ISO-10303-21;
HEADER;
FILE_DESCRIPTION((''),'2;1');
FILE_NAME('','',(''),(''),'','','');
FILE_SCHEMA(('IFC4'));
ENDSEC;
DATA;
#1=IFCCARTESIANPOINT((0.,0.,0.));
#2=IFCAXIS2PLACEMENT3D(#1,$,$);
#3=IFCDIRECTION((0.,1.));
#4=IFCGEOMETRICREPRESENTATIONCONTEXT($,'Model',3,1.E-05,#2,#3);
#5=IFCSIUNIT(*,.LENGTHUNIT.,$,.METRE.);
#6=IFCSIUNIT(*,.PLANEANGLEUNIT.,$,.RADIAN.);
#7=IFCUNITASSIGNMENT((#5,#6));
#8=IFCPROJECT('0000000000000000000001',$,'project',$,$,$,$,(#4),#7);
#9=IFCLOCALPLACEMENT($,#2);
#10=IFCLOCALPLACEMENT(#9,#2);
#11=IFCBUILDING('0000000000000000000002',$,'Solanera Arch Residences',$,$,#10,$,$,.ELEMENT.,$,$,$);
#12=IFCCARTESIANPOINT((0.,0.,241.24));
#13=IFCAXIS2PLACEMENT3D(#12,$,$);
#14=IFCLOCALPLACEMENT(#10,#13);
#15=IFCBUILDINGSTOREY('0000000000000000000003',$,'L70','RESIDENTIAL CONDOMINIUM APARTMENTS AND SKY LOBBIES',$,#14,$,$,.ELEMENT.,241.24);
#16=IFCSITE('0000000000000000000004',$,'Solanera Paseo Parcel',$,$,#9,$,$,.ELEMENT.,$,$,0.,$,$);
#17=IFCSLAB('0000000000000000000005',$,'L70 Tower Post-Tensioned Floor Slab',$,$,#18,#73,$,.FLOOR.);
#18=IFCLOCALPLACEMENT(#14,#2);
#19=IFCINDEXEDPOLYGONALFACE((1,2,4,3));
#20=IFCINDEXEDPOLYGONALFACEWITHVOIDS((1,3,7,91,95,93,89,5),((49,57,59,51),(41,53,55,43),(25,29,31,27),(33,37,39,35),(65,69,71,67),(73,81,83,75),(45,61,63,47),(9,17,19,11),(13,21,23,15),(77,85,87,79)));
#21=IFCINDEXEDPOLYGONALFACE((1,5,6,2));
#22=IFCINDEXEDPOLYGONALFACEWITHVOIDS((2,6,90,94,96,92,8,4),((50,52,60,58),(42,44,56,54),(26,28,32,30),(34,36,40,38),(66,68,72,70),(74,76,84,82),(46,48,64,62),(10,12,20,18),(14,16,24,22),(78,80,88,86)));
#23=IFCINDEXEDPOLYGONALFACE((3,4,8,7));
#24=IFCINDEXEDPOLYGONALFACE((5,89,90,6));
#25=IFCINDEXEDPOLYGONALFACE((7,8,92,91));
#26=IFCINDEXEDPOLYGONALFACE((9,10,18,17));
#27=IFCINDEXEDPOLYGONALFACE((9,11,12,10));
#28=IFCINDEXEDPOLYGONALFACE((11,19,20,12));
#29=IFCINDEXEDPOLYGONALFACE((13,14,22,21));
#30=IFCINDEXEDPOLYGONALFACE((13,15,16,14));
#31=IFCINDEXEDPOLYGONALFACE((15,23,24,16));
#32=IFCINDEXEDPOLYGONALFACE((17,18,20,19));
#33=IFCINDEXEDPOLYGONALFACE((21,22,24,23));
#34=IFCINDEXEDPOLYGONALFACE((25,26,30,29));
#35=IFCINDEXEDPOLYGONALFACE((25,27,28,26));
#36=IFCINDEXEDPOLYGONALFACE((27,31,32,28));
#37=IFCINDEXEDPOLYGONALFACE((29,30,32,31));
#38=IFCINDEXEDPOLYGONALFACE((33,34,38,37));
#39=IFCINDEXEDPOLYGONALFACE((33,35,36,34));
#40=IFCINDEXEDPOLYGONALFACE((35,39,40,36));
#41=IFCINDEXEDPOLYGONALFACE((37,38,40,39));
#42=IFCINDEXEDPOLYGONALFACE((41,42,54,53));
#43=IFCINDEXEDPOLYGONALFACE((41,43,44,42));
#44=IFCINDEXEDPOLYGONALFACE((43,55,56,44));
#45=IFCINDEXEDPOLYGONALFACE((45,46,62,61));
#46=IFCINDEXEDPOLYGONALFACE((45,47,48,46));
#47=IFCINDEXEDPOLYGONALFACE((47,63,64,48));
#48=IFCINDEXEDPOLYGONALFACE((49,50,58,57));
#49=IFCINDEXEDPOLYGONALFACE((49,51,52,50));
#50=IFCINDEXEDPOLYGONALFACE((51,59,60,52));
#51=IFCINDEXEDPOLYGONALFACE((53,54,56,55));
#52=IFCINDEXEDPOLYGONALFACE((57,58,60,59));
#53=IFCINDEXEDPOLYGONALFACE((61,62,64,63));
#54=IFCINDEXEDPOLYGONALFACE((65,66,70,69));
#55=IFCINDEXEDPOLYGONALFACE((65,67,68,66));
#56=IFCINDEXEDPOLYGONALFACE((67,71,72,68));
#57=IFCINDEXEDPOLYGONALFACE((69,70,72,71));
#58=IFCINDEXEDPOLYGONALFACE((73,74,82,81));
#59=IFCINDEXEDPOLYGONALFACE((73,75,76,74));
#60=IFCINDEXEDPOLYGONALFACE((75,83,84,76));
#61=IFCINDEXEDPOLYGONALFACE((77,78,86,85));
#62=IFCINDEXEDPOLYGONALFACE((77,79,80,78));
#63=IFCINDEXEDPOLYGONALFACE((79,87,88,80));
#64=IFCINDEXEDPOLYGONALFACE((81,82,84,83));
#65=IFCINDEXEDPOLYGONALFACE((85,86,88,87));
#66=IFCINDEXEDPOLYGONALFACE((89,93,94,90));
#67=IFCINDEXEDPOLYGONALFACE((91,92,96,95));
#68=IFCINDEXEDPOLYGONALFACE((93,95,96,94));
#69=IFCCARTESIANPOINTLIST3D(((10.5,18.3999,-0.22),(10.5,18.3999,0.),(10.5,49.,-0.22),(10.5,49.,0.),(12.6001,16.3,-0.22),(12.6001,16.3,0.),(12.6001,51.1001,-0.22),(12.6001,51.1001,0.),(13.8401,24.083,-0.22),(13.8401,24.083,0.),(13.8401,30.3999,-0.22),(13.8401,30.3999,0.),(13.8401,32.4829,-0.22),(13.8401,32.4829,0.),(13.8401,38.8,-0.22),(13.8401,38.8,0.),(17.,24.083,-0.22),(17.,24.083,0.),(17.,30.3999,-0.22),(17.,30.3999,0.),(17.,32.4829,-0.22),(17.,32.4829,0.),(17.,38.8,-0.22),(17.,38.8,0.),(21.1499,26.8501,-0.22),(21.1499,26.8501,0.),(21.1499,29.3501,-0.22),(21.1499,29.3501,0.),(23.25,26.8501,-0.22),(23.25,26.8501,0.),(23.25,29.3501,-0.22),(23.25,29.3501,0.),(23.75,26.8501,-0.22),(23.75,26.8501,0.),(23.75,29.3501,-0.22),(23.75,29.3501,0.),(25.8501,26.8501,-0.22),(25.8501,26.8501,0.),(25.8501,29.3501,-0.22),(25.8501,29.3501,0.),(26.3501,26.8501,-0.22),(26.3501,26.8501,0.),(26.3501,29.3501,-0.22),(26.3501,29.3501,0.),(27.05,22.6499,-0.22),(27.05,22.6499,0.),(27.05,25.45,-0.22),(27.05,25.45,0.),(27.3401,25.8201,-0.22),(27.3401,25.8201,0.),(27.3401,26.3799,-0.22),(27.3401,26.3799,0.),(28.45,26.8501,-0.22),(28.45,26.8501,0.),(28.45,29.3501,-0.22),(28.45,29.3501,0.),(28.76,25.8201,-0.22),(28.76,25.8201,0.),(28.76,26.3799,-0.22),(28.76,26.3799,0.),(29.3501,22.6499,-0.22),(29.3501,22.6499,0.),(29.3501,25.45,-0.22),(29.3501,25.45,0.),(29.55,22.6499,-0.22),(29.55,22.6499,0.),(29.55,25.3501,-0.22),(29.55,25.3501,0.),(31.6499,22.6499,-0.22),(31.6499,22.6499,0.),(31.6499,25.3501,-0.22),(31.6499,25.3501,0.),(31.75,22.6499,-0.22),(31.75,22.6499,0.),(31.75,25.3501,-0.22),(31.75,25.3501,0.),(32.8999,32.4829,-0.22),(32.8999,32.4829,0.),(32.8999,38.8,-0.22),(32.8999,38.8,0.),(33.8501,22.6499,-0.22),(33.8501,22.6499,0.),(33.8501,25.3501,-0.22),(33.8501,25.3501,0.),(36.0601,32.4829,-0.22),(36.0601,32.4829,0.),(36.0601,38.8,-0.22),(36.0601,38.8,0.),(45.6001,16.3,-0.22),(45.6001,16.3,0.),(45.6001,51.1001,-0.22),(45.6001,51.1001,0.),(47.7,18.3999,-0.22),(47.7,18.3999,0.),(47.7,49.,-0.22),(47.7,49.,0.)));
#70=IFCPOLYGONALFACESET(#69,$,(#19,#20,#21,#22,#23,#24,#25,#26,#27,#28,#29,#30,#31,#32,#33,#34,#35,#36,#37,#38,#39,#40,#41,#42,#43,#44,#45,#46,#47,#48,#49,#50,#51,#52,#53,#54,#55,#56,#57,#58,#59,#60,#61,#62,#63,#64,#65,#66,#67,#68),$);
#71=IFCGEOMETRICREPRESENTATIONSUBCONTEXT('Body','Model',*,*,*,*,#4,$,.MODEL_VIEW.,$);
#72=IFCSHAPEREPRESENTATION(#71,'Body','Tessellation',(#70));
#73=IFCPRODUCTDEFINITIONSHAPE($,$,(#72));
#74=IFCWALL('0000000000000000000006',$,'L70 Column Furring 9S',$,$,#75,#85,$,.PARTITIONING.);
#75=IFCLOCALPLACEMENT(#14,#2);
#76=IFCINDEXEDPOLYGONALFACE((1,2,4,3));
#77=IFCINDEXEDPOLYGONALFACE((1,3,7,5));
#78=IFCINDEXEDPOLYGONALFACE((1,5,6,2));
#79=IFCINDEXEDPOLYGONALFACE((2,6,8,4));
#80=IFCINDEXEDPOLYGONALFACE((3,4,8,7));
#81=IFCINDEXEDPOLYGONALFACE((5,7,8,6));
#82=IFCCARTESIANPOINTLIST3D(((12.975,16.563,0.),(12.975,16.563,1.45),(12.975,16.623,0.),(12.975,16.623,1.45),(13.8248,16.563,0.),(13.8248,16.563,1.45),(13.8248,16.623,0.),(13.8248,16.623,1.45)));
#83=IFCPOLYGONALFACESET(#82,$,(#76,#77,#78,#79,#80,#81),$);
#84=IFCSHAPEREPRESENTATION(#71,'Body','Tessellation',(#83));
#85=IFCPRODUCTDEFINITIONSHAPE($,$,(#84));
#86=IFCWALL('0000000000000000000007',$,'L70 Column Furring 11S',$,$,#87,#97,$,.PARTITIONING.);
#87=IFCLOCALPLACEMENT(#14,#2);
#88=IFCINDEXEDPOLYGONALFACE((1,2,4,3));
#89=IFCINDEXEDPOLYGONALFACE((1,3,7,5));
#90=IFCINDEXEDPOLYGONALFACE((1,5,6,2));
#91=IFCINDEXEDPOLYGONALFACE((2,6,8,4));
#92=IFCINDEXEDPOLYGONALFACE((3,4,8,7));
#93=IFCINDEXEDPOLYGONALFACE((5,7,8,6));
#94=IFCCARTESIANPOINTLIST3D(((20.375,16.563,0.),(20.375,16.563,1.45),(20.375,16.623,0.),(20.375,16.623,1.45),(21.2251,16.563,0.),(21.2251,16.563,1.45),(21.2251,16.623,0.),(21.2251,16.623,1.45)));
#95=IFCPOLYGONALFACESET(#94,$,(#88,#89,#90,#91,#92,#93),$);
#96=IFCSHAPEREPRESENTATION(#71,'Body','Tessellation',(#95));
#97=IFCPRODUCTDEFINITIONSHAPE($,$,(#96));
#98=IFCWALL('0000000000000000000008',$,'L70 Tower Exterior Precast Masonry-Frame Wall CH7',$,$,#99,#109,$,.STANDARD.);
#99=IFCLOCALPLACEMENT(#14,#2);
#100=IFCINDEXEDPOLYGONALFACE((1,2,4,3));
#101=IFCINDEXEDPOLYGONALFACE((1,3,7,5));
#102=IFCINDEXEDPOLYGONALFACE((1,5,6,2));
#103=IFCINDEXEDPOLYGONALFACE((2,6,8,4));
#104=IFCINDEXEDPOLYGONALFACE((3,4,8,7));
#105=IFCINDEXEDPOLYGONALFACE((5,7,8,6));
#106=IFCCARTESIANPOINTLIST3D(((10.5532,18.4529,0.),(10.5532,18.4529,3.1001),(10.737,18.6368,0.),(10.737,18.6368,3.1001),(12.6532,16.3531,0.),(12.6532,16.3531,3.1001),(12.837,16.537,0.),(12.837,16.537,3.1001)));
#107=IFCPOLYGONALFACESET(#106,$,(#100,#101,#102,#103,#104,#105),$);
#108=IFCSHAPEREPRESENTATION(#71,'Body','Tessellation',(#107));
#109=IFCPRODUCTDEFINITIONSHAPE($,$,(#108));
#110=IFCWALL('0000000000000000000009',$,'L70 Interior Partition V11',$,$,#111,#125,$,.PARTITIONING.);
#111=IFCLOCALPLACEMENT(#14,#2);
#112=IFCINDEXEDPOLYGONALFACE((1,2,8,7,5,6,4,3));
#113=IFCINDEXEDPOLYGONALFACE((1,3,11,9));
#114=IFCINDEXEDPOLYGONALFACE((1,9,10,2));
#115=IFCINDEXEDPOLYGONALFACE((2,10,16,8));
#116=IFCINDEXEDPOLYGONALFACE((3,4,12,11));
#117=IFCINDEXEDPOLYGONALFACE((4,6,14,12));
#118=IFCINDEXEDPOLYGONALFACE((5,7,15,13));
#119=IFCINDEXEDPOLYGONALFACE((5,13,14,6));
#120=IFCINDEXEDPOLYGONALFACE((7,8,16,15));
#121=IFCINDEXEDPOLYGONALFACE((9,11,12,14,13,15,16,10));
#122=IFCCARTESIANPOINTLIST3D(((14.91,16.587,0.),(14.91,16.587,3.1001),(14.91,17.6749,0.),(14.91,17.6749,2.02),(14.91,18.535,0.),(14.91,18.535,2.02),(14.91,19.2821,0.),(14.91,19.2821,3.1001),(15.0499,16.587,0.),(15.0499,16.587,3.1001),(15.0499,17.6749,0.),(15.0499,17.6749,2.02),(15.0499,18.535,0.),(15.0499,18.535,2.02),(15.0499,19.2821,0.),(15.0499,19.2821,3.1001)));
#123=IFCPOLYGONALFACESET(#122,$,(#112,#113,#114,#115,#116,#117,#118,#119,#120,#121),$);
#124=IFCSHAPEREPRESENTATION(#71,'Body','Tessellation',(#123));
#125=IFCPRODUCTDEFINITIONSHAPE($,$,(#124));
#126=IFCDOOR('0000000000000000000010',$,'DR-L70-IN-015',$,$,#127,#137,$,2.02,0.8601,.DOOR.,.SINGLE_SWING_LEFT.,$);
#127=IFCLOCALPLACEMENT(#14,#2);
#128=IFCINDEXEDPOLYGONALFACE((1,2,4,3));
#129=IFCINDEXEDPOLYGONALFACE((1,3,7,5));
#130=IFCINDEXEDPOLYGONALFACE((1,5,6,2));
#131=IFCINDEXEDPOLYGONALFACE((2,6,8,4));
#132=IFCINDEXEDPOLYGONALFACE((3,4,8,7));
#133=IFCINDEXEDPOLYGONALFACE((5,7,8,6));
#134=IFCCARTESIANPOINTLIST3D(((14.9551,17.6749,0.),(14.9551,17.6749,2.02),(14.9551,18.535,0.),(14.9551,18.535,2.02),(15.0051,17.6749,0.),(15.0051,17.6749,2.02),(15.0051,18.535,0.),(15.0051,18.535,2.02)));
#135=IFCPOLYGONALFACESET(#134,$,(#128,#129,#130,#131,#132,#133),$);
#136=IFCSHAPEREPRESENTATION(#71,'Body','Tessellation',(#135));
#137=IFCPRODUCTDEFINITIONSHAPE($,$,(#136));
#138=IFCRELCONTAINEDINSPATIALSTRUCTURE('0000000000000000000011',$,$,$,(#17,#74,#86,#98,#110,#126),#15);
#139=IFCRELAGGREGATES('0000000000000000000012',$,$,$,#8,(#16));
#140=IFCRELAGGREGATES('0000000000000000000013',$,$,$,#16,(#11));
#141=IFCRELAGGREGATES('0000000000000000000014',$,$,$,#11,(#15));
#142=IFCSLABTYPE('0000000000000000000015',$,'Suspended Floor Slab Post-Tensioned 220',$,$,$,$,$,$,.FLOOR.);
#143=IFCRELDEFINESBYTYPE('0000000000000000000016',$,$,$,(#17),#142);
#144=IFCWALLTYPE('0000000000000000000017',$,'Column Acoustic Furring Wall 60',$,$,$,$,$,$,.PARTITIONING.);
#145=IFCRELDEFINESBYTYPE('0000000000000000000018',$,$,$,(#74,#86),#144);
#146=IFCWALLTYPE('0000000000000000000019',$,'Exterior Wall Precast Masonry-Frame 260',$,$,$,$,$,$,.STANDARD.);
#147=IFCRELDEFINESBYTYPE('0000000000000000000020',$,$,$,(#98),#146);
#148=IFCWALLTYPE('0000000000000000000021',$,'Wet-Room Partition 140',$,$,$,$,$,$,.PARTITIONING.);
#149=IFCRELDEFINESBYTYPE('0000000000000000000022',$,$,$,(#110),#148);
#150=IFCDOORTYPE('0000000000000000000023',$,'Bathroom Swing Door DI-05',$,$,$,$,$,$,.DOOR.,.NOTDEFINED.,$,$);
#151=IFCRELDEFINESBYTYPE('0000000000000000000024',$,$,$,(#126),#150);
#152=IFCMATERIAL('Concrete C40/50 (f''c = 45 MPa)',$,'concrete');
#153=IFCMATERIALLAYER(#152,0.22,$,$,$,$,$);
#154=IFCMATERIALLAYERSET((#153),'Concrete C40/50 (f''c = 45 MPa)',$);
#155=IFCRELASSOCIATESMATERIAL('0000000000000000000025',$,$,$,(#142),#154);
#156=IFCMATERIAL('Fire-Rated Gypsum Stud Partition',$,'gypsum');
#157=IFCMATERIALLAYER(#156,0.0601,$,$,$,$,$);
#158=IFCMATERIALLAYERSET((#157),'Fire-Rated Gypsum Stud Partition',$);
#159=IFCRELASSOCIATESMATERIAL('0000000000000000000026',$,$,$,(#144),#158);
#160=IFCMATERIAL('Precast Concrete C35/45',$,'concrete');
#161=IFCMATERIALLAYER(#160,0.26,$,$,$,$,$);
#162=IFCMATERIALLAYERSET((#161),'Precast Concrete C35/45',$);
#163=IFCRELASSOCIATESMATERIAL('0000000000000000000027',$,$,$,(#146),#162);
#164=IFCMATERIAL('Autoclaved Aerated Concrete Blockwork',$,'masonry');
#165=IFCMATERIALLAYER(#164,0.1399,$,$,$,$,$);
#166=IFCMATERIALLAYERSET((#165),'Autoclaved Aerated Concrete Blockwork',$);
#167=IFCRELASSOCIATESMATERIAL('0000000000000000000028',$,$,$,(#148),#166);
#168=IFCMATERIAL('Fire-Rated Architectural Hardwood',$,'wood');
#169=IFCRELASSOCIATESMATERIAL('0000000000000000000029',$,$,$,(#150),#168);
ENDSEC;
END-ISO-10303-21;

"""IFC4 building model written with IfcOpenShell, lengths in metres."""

from ifc_helpers import new_model, si_unit, direction, frame, frame_2d, origin, place, context, subcontext, project, spatial, polyline, rectangle, outline, extrude, material, layer, layer_set, type_object, element, fill, save


model = new_model("IFC4")

# Units and contexts
model_context = context("Model", 3, precision=1e-05, world=origin(), true_north=direction((0.0, 1.0)))
body_context = subcontext(model_context, "Body", "Model", "MODEL_VIEW")
ifc_project = project(units=[si_unit("LENGTHUNIT", "METRE"), si_unit("PLANEANGLEUNIT", "RADIAN")], contexts=[model_context])

# Site, building, storey
site_placement = place(None, origin())
site = spatial("IfcSite", under=ifc_project, at=site_placement, Name="Solanera Paseo Parcel", CompositionType="ELEMENT", RefElevation=0.0)
building_placement = place(site_placement, origin())
building = spatial("IfcBuilding", under=site, at=building_placement, Name="Solanera Arch Residences", CompositionType="ELEMENT")
storey_placement = place(building_placement, frame((0.0, 0.0, 241.24)))
storey = spatial("IfcBuildingStorey", under=building, at=storey_placement, Name="L70", Description="RESIDENTIAL CONDOMINIUM APARTMENTS AND SKY LOBBIES", CompositionType="ELEMENT", Elevation=241.24)

# Slab
ifc_material_1 = material(Name="Concrete C40/50 (f'c = 45 MPa)", Category="concrete")
ifc_layer_1 = layer(ifc_material_1, 0.22)
ifc_layer_set_1 = layer_set([ifc_layer_1], Name="Concrete C40/50 (f'c = 45 MPa)")
slab_type_1 = type_object("IfcSlabType", Name="Suspended Floor Slab Post-Tensioned 220", PredefinedType="FLOOR", material=ifc_layer_set_1)
slab_1_placement = place(storey_placement, frame((0.0, 0.0, -0.22)))
element("IfcSlab", 1, at=slab_1_placement, inside=storey, type_object=slab_type_1, Name="L70 Tower Post-Tensioned Floor Slab", PredefinedType="FLOOR", context=body_context, shape_type="SweptSolid", body=[
    extrude(outline(polyline([(12.6001, 16.3), (45.6001, 16.3), (47.7, 18.3999), (47.7, 49.0), (45.6001, 51.1001), (12.6001, 51.1001), (10.5, 49.0), (10.5, 18.3999), (12.6001, 16.3)]), holes=[polyline([(13.8401, 32.4829), (13.8401, 38.8), (17.0, 38.8), (17.0, 32.4829), (13.8401, 32.4829)]), polyline([(32.8999, 32.4829), (32.8999, 38.8), (36.0601, 38.8), (36.0601, 32.4829), (32.8999, 32.4829)]), polyline([(13.8401, 24.083), (13.8401, 30.3999), (17.0, 30.3999), (17.0, 24.083), (13.8401, 24.083)]), polyline([(21.1499, 29.3501), (23.25, 29.3501), (23.25, 26.8501), (21.1499, 26.8501), (21.1499, 29.3501)]), polyline([(23.75, 29.3501), (25.8501, 29.3501), (25.8501, 26.8501), (23.75, 26.8501), (23.75, 29.3501)]), polyline([(26.3501, 29.3501), (28.45, 29.3501), (28.45, 26.8501), (26.3501, 26.8501), (26.3501, 29.3501)]), polyline([(29.55, 25.3501), (31.6499, 25.3501), (31.6499, 22.6499), (29.55, 22.6499), (29.55, 25.3501)]), polyline([(31.75, 25.3501), (33.8501, 25.3501), (33.8501, 22.6499), (31.75, 22.6499), (31.75, 25.3501)]), polyline([(27.05, 25.45), (29.3501, 25.45), (29.3501, 22.6499), (27.05, 22.6499), (27.05, 25.45)]), polyline([(27.3401, 26.3799), (28.76, 26.3799), (28.76, 25.8201), (27.3401, 25.8201), (27.3401, 26.3799)])]), origin(), (0.0, 0.0, 1.0), 0.22),
])

# Walls
ifc_material_2 = material(Name="Fire-Rated Gypsum Stud Partition", Category="gypsum")
ifc_layer_2 = layer(ifc_material_2, 0.0601)
ifc_layer_set_2 = layer_set([ifc_layer_2], Name="Fire-Rated Gypsum Stud Partition")
wall_type_1 = type_object("IfcWallType", Name="Column Acoustic Furring Wall 60", PredefinedType="PARTITIONING", material=ifc_layer_set_2)
wall_1_placement = place(storey_placement, frame((12.9751, 16.593, 0.0), z_axis=(0.0, 0.0, 1.0), x_axis=(1.0, 0.0, 0.0)))
element("IfcWall", 2, at=wall_1_placement, inside=storey, type_object=wall_type_1, Name="L70 Column Furring 9S", PredefinedType="PARTITIONING", context=body_context, shape_type="SweptSolid", body=[
    extrude(rectangle(XDim=0.8499, YDim=0.0601, at=frame_2d((0.4248, 0.0))), origin(), (0.0, 0.0, 1.0), 1.45),
])
wall_2_placement = place(storey_placement, frame((20.375, 16.593, 0.0), z_axis=(0.0, 0.0, 1.0), x_axis=(1.0, 0.0, 0.0)))
element("IfcWall", 3, at=wall_2_placement, inside=storey, type_object=wall_type_1, Name="L70 Column Furring 11S", PredefinedType="PARTITIONING", context=body_context, shape_type="SweptSolid", body=[
    extrude(rectangle(XDim=0.8501, YDim=0.0601, at=frame_2d((0.425, 0.0))), origin(), (0.0, 0.0, 1.0), 1.45),
])
ifc_material_3 = material(Name="Precast Concrete C35/45", Category="concrete")
ifc_layer_3 = layer(ifc_material_3, 0.26)
ifc_layer_set_3 = layer_set([ifc_layer_3], Name="Precast Concrete C35/45")
wall_type_2 = type_object("IfcWallType", Name="Exterior Wall Precast Masonry-Frame 260", PredefinedType="STANDARD", material=ifc_layer_set_3)
wall_3_placement = place(storey_placement, frame((12.7451, 16.4451, 0.0), z_axis=(0.0, 0.0, 1.0), x_axis=(-0.707148, 0.707066, 0.0)))
element("IfcWall", 4, at=wall_3_placement, inside=storey, type_object=wall_type_2, Name="L70 Tower Exterior Precast Masonry-Frame Wall CH7", PredefinedType="STANDARD", context=body_context, shape_type="SweptSolid", body=[
    extrude(rectangle(XDim=2.9697, YDim=0.26, at=frame_2d((1.4849, 0.0))), origin(), (0.0, 0.0, 1.0), 3.1001),
])

# Wall, opening, door
ifc_material_4 = material(Name="Autoclaved Aerated Concrete Blockwork", Category="masonry")
ifc_layer_4 = layer(ifc_material_4, 0.1399)
ifc_layer_set_4 = layer_set([ifc_layer_4], Name="Autoclaved Aerated Concrete Blockwork")
wall_type_3 = type_object("IfcWallType", Name="Wet-Room Partition 140", PredefinedType="PARTITIONING", material=ifc_layer_set_4)
wall_4_placement = place(storey_placement, frame((14.98, 16.5869, 0.0), z_axis=(0.0, 0.0, 1.0), x_axis=(0.0, 1.0, 0.0)))
wall_4 = element("IfcWall", 5, at=wall_4_placement, inside=storey, type_object=wall_type_3, Name="L70 Interior Partition V11", PredefinedType="PARTITIONING", context=body_context, shape_type="SweptSolid", body=[
    extrude(rectangle(XDim=2.6951, YDim=0.1399, at=frame_2d((1.3477, 0.0))), origin(), (0.0, 0.0, 1.0), 3.1001),
])
opening_placement = place(wall_4_placement, frame((1.0879, 0.0, 0.0)))
opening = element("IfcOpeningElement", 6, at=opening_placement, cuts=wall_4, PredefinedType="OPENING", context=body_context, shape_type="SweptSolid", body=[
    extrude(rectangle(XDim=0.8601, YDim=2.02, at=frame_2d((0.4302, 1.01))), frame((0.0, 0.0798, 0.0), z_axis=(0.0, -1.0, 0.0), x_axis=(1.0, 0.0, 0.0)), (0.0, 0.0, 1.0), 0.1599),
])
ifc_material_5 = material(Name="Fire-Rated Architectural Hardwood", Category="wood")
door_type = type_object("IfcDoorType", Name="Bathroom Swing Door DI-05", OperationType="NOTDEFINED", PredefinedType="DOOR", material=ifc_material_5)
door_placement = place(opening_placement, origin())
door = element("IfcDoor", 7, at=door_placement, inside=storey, type_object=door_type, Name="DR-L70-IN-015", OperationType="SINGLE_SWING_LEFT", OverallHeight=2.02, OverallWidth=0.8601, PredefinedType="DOOR", context=body_context, shape_type="SweptSolid", body=[
    extrude(rectangle(XDim=0.8601, YDim=2.02, at=frame_2d((0.4302, 1.01))), frame((0.0, 0.0249, 0.0), z_axis=(0.0, -1.0, 0.0), x_axis=(1.0, 0.0, 0.0)), (0.0, 0.0, 1.0), 0.05),
])
fill(opening, door)

save(model, "model.ifc")
